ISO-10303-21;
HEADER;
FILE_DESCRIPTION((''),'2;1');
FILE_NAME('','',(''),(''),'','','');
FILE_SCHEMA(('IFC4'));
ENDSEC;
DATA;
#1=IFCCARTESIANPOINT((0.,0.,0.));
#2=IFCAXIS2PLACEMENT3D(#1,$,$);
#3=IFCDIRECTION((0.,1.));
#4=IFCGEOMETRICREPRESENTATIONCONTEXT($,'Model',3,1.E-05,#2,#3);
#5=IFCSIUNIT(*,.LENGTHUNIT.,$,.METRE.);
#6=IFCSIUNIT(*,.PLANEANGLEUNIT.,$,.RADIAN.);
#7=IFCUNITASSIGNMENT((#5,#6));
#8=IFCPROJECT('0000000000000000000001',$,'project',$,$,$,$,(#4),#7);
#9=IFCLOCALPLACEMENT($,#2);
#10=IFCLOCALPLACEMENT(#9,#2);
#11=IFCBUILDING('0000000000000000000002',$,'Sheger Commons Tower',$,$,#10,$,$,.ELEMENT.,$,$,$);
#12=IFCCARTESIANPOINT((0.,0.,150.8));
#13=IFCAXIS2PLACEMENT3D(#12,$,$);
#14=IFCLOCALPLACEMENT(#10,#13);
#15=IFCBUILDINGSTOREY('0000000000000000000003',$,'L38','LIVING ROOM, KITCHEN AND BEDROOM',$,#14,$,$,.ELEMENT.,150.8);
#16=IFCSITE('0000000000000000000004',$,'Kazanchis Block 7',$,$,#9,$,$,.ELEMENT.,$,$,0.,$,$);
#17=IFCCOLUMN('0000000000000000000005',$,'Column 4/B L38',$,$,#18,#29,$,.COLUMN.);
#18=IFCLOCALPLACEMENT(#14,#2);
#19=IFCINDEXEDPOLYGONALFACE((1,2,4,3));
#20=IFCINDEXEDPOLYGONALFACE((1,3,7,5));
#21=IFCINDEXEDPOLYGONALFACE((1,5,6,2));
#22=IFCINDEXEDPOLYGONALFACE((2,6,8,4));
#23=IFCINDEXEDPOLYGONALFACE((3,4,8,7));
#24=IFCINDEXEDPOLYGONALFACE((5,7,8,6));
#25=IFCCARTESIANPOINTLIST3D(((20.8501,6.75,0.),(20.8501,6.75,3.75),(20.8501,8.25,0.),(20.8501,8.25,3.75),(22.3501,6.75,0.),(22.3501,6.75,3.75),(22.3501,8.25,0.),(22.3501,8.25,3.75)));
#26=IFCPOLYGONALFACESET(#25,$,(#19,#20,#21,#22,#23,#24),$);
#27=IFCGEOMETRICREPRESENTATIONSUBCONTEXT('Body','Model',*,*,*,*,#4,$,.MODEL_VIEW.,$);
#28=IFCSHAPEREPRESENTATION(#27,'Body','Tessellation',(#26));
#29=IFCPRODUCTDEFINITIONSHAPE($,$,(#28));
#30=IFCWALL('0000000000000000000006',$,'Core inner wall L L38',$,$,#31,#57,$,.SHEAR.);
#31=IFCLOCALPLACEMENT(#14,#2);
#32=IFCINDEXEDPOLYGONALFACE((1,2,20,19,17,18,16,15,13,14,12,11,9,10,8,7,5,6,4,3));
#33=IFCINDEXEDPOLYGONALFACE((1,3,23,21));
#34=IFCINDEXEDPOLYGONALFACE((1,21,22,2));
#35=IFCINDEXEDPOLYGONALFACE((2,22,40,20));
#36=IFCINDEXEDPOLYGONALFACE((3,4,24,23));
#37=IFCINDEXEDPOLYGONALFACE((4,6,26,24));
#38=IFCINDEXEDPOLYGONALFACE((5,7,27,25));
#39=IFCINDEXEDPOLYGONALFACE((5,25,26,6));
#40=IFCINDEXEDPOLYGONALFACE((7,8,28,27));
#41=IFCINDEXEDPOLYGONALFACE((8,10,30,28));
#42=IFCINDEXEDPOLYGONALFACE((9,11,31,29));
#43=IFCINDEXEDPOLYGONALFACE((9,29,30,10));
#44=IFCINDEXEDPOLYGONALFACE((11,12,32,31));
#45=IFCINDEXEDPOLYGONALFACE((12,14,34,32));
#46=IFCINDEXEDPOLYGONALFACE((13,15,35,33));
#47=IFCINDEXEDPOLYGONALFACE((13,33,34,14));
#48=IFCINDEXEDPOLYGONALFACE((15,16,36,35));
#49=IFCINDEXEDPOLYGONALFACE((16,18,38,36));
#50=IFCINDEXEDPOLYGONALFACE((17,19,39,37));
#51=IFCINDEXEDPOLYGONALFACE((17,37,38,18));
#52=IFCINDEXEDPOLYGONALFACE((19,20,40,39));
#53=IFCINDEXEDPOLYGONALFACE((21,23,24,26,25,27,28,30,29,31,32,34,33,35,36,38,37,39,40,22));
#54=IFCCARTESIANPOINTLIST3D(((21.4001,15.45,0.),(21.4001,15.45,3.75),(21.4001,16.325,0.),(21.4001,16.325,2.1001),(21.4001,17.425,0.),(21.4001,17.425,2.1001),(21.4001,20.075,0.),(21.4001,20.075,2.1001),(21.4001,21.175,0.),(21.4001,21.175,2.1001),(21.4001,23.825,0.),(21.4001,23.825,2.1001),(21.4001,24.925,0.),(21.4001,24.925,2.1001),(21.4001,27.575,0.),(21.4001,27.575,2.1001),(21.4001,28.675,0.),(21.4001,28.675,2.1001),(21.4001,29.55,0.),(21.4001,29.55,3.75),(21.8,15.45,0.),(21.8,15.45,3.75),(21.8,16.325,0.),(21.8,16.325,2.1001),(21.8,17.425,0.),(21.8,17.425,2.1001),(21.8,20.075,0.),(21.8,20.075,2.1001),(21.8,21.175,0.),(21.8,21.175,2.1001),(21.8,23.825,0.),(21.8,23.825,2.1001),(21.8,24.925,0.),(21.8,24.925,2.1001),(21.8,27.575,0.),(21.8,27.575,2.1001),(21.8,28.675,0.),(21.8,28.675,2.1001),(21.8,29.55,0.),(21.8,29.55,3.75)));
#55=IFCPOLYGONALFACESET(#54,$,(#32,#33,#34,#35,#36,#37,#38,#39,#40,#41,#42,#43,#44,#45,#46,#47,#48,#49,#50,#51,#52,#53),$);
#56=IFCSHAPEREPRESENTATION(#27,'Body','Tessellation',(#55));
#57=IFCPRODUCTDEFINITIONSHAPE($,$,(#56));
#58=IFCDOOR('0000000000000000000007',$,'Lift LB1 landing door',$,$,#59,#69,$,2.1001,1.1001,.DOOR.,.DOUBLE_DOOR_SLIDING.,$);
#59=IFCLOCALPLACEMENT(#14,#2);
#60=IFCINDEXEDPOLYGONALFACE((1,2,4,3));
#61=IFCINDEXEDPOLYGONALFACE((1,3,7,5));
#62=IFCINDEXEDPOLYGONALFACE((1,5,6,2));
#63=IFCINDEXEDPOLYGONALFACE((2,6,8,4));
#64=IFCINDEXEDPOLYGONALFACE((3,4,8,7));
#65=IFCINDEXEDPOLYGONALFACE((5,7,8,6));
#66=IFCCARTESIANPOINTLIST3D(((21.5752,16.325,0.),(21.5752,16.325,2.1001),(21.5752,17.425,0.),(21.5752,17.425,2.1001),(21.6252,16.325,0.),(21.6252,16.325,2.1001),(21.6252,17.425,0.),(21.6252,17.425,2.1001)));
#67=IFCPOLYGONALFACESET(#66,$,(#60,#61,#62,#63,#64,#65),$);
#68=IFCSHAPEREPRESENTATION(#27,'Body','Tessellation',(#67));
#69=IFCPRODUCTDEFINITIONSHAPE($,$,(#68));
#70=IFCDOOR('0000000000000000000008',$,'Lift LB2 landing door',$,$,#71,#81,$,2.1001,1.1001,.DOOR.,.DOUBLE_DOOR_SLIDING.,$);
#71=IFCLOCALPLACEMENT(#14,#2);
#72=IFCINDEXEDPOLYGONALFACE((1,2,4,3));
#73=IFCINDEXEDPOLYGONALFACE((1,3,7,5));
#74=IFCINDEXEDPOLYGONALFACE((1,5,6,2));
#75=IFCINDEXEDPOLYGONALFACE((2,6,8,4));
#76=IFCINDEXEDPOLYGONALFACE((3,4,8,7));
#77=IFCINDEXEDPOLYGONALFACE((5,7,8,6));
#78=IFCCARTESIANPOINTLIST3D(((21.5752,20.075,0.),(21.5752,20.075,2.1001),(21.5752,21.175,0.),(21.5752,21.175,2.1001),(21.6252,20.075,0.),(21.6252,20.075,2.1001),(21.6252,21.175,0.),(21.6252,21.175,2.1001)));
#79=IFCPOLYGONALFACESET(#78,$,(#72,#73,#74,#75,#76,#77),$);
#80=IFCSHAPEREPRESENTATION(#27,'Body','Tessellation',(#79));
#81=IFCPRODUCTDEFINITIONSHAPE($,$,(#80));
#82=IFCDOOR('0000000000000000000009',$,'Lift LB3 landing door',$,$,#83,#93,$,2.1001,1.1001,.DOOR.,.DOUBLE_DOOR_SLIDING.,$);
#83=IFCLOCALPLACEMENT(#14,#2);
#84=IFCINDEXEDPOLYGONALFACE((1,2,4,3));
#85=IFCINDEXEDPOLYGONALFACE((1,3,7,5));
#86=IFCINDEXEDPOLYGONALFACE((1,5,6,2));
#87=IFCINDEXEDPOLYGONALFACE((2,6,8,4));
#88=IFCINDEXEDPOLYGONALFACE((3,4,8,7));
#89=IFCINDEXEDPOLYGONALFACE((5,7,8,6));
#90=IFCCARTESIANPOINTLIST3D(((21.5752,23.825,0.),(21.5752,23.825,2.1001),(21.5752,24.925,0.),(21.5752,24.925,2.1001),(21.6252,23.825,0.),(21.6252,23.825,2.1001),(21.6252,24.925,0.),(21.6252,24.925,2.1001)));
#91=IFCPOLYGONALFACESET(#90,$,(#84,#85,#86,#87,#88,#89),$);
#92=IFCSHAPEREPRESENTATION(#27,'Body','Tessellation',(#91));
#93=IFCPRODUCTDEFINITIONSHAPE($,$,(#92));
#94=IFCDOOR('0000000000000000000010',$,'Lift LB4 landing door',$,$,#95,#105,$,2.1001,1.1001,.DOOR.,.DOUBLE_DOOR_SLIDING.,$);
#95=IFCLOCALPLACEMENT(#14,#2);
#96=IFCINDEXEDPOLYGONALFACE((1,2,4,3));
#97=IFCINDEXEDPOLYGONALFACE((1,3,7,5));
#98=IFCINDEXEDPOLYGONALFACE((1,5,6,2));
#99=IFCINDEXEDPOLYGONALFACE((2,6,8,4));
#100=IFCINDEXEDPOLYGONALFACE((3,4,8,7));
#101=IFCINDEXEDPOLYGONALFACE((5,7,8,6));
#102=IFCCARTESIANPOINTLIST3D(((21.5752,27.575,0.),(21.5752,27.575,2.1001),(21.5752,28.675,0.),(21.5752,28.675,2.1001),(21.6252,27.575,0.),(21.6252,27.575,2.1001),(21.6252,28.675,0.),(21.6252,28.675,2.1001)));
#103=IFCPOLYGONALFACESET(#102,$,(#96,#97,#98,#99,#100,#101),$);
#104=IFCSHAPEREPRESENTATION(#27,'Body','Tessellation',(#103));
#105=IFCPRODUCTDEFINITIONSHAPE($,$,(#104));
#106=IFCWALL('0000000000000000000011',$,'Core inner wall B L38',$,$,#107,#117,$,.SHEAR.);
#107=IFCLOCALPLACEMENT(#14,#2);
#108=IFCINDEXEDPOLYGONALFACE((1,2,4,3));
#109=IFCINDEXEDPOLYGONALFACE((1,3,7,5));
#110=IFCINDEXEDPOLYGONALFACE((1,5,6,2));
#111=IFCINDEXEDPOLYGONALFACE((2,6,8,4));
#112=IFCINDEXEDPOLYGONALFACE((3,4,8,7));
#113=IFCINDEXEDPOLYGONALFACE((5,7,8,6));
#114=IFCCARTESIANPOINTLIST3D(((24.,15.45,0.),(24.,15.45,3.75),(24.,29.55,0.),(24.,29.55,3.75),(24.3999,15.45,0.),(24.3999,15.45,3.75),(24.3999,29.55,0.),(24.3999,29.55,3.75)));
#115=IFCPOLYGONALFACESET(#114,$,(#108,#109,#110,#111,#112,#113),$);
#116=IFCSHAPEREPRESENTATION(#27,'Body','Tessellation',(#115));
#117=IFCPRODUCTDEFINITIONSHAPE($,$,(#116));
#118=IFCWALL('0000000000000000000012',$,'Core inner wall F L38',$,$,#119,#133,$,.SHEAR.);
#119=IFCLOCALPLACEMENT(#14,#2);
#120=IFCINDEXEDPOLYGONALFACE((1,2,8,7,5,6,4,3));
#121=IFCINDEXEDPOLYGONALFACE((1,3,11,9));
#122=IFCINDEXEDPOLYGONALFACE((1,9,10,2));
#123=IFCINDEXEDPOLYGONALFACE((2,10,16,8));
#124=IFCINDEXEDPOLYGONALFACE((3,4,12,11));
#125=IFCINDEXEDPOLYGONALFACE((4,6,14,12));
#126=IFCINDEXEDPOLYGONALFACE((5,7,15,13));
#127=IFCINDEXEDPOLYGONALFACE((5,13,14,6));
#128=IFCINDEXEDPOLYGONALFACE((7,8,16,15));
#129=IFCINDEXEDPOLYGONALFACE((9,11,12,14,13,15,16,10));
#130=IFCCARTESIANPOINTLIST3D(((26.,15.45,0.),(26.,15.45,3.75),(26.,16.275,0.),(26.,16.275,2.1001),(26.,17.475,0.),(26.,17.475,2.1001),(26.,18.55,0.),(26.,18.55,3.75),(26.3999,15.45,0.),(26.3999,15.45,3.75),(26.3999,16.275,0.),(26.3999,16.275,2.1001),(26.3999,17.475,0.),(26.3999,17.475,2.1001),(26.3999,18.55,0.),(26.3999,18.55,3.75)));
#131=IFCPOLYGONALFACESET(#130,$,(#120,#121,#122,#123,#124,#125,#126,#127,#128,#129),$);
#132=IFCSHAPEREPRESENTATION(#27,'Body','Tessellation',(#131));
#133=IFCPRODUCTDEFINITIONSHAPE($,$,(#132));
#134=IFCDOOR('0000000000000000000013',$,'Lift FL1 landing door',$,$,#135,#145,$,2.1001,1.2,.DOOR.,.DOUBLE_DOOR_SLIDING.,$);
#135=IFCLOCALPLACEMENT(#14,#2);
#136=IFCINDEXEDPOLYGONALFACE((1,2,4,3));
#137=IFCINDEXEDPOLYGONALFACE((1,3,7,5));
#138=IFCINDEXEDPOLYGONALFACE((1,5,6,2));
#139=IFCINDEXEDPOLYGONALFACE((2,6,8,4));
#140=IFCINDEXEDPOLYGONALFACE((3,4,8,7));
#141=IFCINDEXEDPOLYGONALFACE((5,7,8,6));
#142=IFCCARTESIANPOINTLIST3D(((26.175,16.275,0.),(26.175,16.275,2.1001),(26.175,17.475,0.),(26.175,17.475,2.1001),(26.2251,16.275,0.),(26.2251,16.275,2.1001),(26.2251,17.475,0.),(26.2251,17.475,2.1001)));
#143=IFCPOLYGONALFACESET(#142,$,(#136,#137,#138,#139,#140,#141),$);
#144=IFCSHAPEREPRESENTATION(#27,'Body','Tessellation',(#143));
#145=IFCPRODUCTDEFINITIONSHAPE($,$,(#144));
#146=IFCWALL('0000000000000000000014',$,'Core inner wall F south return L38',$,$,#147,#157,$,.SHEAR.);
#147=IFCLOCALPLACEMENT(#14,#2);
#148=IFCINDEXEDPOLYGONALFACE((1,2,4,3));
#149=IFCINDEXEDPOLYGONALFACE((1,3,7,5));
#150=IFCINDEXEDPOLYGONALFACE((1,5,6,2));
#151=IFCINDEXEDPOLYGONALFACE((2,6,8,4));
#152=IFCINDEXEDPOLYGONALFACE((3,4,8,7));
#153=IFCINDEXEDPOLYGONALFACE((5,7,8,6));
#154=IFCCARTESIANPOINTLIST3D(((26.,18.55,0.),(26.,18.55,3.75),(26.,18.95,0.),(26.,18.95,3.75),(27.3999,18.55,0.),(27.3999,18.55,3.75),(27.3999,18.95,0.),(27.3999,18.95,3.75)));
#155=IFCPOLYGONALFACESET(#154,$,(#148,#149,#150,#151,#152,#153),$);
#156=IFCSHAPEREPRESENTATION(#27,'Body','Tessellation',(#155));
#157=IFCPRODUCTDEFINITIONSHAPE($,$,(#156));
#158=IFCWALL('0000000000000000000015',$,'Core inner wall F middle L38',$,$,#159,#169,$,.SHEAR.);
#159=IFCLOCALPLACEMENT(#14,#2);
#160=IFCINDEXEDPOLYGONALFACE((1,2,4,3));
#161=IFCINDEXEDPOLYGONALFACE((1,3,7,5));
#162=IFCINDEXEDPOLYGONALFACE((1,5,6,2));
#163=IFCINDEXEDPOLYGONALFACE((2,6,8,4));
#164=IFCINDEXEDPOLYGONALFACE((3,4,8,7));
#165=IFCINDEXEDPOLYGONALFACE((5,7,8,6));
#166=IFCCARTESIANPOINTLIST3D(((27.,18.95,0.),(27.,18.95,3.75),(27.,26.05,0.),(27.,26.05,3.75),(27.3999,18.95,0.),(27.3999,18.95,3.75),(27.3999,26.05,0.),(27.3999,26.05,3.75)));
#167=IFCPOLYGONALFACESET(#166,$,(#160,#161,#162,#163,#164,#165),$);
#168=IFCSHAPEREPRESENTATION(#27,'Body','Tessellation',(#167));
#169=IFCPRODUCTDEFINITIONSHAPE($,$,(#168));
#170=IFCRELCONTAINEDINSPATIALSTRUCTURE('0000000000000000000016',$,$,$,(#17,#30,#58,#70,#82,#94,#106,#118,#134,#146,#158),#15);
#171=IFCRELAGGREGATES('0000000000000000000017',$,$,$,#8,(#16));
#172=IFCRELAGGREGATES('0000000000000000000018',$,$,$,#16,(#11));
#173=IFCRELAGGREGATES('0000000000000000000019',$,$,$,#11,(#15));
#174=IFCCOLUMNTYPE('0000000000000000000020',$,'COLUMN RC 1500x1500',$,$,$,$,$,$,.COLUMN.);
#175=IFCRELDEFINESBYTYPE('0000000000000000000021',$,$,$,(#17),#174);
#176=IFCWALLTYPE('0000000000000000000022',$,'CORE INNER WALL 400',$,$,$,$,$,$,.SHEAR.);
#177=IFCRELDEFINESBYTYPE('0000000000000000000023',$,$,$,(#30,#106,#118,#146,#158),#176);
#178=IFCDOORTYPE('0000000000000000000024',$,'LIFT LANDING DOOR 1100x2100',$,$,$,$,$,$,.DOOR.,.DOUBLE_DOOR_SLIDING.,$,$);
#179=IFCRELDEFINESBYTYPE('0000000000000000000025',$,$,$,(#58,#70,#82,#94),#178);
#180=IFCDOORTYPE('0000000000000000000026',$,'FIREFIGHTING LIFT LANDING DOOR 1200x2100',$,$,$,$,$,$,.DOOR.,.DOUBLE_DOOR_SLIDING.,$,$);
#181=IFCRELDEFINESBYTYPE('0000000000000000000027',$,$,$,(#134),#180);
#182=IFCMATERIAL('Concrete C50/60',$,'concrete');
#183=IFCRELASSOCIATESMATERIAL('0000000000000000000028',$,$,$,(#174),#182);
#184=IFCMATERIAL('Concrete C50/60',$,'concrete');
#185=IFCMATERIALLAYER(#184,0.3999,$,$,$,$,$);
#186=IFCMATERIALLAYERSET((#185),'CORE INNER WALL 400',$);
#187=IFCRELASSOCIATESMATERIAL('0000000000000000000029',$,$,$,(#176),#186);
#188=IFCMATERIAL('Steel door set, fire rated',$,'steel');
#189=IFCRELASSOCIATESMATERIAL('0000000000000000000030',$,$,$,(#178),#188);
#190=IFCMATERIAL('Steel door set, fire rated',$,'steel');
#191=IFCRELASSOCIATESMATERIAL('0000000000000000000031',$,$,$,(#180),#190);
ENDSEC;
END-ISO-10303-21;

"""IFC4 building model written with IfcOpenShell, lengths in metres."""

from ifc_helpers import new_model, si_unit, direction, frame, frame_2d, origin, origin_2d, place, context, subcontext, project, spatial, rectangle, extrude, material, layer, layer_set, material_profile, profile_set, type_object, element, fill, save


model = new_model("IFC4")

# Units and contexts
model_context = context("Model", 3, precision=1e-05, world=origin(), true_north=direction((0.0, 1.0)))
body_context = subcontext(model_context, "Body", "Model", "MODEL_VIEW")
ifc_project = project(units=[si_unit("LENGTHUNIT", "METRE"), si_unit("PLANEANGLEUNIT", "RADIAN")], contexts=[model_context])

# Site, building, storey
site_placement = place(None, origin())
site = spatial("IfcSite", under=ifc_project, at=site_placement, Name="Kazanchis Block 7", CompositionType="ELEMENT", RefElevation=0.0)
building_placement = place(site_placement, origin())
building = spatial("IfcBuilding", under=site, at=building_placement, Name="Sheger Commons Tower", CompositionType="ELEMENT")
storey_placement = place(building_placement, frame((0.0, 0.0, 150.8)))
storey = spatial("IfcBuildingStorey", under=building, at=storey_placement, Name="L38", Description="LIVING ROOM, KITCHEN AND BEDROOM", CompositionType="ELEMENT", Elevation=150.8)

# Column
ifc_material_1 = material(Name="Concrete C50/60", Category="concrete")
ifc_material_profile = material_profile(ifc_material_1, rectangle(XDim=1.5, YDim=1.5, at=origin_2d()), Name="RC 1500x1500")
ifc_profile_set = profile_set([ifc_material_profile], Name="Concrete C50/60")
column_type = type_object("IfcColumnType", Name="COLUMN RC 1500x1500", PredefinedType="COLUMN", material=ifc_profile_set)
column_placement = place(storey_placement, frame((21.6001, 7.5, 0.0), z_axis=(0.0, 0.0, 1.0), x_axis=(1.0, 0.0, 0.0)))
element("IfcColumn", 1, at=column_placement, inside=storey, type_object=column_type, Name="Column 4/B L38", PredefinedType="COLUMN", context=body_context, shape_type="SweptSolid", body=[
    extrude(rectangle(XDim=1.5, YDim=1.5, at=origin_2d()), origin(), (0.0, 0.0, 1.0), 3.75),
])

# Wall, openings, doors
ifc_material_2 = material(Name="Concrete C50/60", Category="concrete")
ifc_layer_1 = layer(ifc_material_2, 0.3999)
ifc_layer_set_1 = layer_set([ifc_layer_1], Name="CORE INNER WALL 400")
wall_type_1 = type_object("IfcWallType", Name="CORE INNER WALL 400", PredefinedType="SHEAR", material=ifc_layer_set_1)
wall_1_placement = place(storey_placement, frame((21.6001, 15.45, 0.0), z_axis=(0.0, 0.0, 1.0), x_axis=(0.0, 1.0, 0.0)))
wall_1 = element("IfcWall", 2, at=wall_1_placement, inside=storey, type_object=wall_type_1, Name="Core inner wall L L38", PredefinedType="SHEAR", context=body_context, shape_type="SweptSolid", body=[
    extrude(rectangle(XDim=14.1001, YDim=0.3999, at=frame_2d((7.05, 0.0))), origin(), (0.0, 0.0, 1.0), 3.75),
])
opening_1_placement = place(wall_1_placement, frame((0.875, 0.0, 0.0)))
opening_1 = element("IfcOpeningElement", 3, at=opening_1_placement, cuts=wall_1, PredefinedType="OPENING", context=body_context, shape_type="SweptSolid", body=[
    extrude(rectangle(XDim=1.1001, YDim=2.1001, at=frame_2d((0.55, 1.05))), frame((0.0, 0.21, 0.0), z_axis=(0.0, -1.0, 0.0), x_axis=(1.0, 0.0, 0.0)), (0.0, 0.0, 1.0), 0.4199),
])
opening_2_placement = place(wall_1_placement, frame((4.625, 0.0, 0.0)))
opening_2 = element("IfcOpeningElement", 4, at=opening_2_placement, cuts=wall_1, PredefinedType="OPENING", context=body_context, shape_type="SweptSolid", body=[
    extrude(rectangle(XDim=1.1001, YDim=2.1001, at=frame_2d((0.55, 1.05))), frame((0.0, 0.21, 0.0), z_axis=(0.0, -1.0, 0.0), x_axis=(1.0, 0.0, 0.0)), (0.0, 0.0, 1.0), 0.4199),
])
opening_3_placement = place(wall_1_placement, frame((8.375, 0.0, 0.0)))
opening_3 = element("IfcOpeningElement", 5, at=opening_3_placement, cuts=wall_1, PredefinedType="OPENING", context=body_context, shape_type="SweptSolid", body=[
    extrude(rectangle(XDim=1.1001, YDim=2.1001, at=frame_2d((0.55, 1.05))), frame((0.0, 0.21, 0.0), z_axis=(0.0, -1.0, 0.0), x_axis=(1.0, 0.0, 0.0)), (0.0, 0.0, 1.0), 0.4199),
])
opening_4_placement = place(wall_1_placement, frame((12.125, 0.0, 0.0)))
opening_4 = element("IfcOpeningElement", 6, at=opening_4_placement, cuts=wall_1, PredefinedType="OPENING", context=body_context, shape_type="SweptSolid", body=[
    extrude(rectangle(XDim=1.1001, YDim=2.1001, at=frame_2d((0.55, 1.05))), frame((0.0, 0.21, 0.0), z_axis=(0.0, -1.0, 0.0), x_axis=(1.0, 0.0, 0.0)), (0.0, 0.0, 1.0), 0.4199),
])
ifc_material_3 = material(Name="Steel door set, fire rated", Category="steel")
door_type_1 = type_object("IfcDoorType", Name="LIFT LANDING DOOR 1100x2100", OperationType="DOUBLE_DOOR_SLIDING", PredefinedType="DOOR", material=ifc_material_3)
door_1_placement = place(opening_1_placement, origin())
door_1 = element("IfcDoor", 7, at=door_1_placement, inside=storey, type_object=door_type_1, Name="Lift LB1 landing door", OperationType="DOUBLE_DOOR_SLIDING", OverallHeight=2.1001, OverallWidth=1.1001, PredefinedType="DOOR", context=body_context, shape_type="SweptSolid", body=[
    extrude(rectangle(XDim=1.1001, YDim=2.1001, at=frame_2d((0.55, 1.05))), frame((0.0, 0.0249, 0.0), z_axis=(0.0, -1.0, 0.0), x_axis=(1.0, 0.0, 0.0)), (0.0, 0.0, 1.0), 0.05),
])
fill(opening_1, door_1)
door_2_placement = place(opening_2_placement, origin())
door_2 = element("IfcDoor", 8, at=door_2_placement, inside=storey, type_object=door_type_1, Name="Lift LB2 landing door", OperationType="DOUBLE_DOOR_SLIDING", OverallHeight=2.1001, OverallWidth=1.1001, PredefinedType="DOOR", context=body_context, shape_type="SweptSolid", body=[
    extrude(rectangle(XDim=1.1001, YDim=2.1001, at=frame_2d((0.55, 1.05))), frame((0.0, 0.0249, 0.0), z_axis=(0.0, -1.0, 0.0), x_axis=(1.0, 0.0, 0.0)), (0.0, 0.0, 1.0), 0.05),
])
fill(opening_2, door_2)
door_3_placement = place(opening_3_placement, origin())
door_3 = element("IfcDoor", 9, at=door_3_placement, inside=storey, type_object=door_type_1, Name="Lift LB3 landing door", OperationType="DOUBLE_DOOR_SLIDING", OverallHeight=2.1001, OverallWidth=1.1001, PredefinedType="DOOR", context=body_context, shape_type="SweptSolid", body=[
    extrude(rectangle(XDim=1.1001, YDim=2.1001, at=frame_2d((0.55, 1.05))), frame((0.0, 0.0249, 0.0), z_axis=(0.0, -1.0, 0.0), x_axis=(1.0, 0.0, 0.0)), (0.0, 0.0, 1.0), 0.05),
])
fill(opening_3, door_3)
door_4_placement = place(opening_4_placement, origin())
door_4 = element("IfcDoor", 10, at=door_4_placement, inside=storey, type_object=door_type_1, Name="Lift LB4 landing door", OperationType="DOUBLE_DOOR_SLIDING", OverallHeight=2.1001, OverallWidth=1.1001, PredefinedType="DOOR", context=body_context, shape_type="SweptSolid", body=[
    extrude(rectangle(XDim=1.1001, YDim=2.1001, at=frame_2d((0.55, 1.05))), frame((0.0, 0.0249, 0.0), z_axis=(0.0, -1.0, 0.0), x_axis=(1.0, 0.0, 0.0)), (0.0, 0.0, 1.0), 0.05),
])
fill(opening_4, door_4)

# Wall
wall_2_placement = place(storey_placement, frame((24.2, 15.45, 0.0), z_axis=(0.0, 0.0, 1.0), x_axis=(0.0, 1.0, 0.0)))
element("IfcWall", 11, at=wall_2_placement, inside=storey, type_object=wall_type_1, Name="Core inner wall B L38", PredefinedType="SHEAR", context=body_context, shape_type="SweptSolid", body=[
    extrude(rectangle(XDim=14.1001, YDim=0.3999, at=frame_2d((7.05, 0.0))), origin(), (0.0, 0.0, 1.0), 3.75),
])

# Wall, opening, door
wall_3_placement = place(storey_placement, frame((26.2, 15.45, 0.0), z_axis=(0.0, 0.0, 1.0), x_axis=(0.0, 1.0, 0.0)))
wall_3 = element("IfcWall", 12, at=wall_3_placement, inside=storey, type_object=wall_type_1, Name="Core inner wall F L38", PredefinedType="SHEAR", context=body_context, shape_type="SweptSolid", body=[
    extrude(rectangle(XDim=3.1001, YDim=0.3999, at=frame_2d((1.55, 0.0))), origin(), (0.0, 0.0, 1.0), 3.75),
])
opening_5_placement = place(wall_3_placement, frame((0.825, 0.0, 0.0)))
opening_5 = element("IfcOpeningElement", 13, at=opening_5_placement, cuts=wall_3, PredefinedType="OPENING", context=body_context, shape_type="SweptSolid", body=[
    extrude(rectangle(XDim=1.2, YDim=2.1001, at=frame_2d((0.6001, 1.05))), frame((0.0, 0.21, 0.0), z_axis=(0.0, -1.0, 0.0), x_axis=(1.0, 0.0, 0.0)), (0.0, 0.0, 1.0), 0.4199),
])
ifc_material_4 = material(Name="Steel door set, fire rated", Category="steel")
door_type_2 = type_object("IfcDoorType", Name="FIREFIGHTING LIFT LANDING DOOR 1200x2100", OperationType="DOUBLE_DOOR_SLIDING", PredefinedType="DOOR", material=ifc_material_4)
door_5_placement = place(opening_5_placement, origin())
door_5 = element("IfcDoor", 14, at=door_5_placement, inside=storey, type_object=door_type_2, Name="Lift FL1 landing door", OperationType="DOUBLE_DOOR_SLIDING", OverallHeight=2.1001, OverallWidth=1.2, PredefinedType="DOOR", context=body_context, shape_type="SweptSolid", body=[
    extrude(rectangle(XDim=1.2, YDim=2.1001, at=frame_2d((0.6001, 1.05))), frame((0.0, 0.0249, 0.0), z_axis=(0.0, -1.0, 0.0), x_axis=(1.0, 0.0, 0.0)), (0.0, 0.0, 1.0), 0.05),
])
fill(opening_5, door_5)

# Walls
wall_4_placement = place(storey_placement, frame((26.0, 18.75, 0.0), z_axis=(0.0, 0.0, 1.0), x_axis=(1.0, 0.0, 0.0)))
element("IfcWall", 15, at=wall_4_placement, inside=storey, type_object=wall_type_1, Name="Core inner wall F south return L38", PredefinedType="SHEAR", context=body_context, shape_type="SweptSolid", body=[
    extrude(rectangle(XDim=1.3999, YDim=0.3999, at=frame_2d((0.7, 0.0))), origin(), (0.0, 0.0, 1.0), 3.75),
])
wall_5_placement = place(storey_placement, frame((27.2, 18.95, 0.0), z_axis=(0.0, 0.0, 1.0), x_axis=(0.0, 1.0, 0.0)))
element("IfcWall", 16, at=wall_5_placement, inside=storey, type_object=wall_type_1, Name="Core inner wall F middle L38", PredefinedType="SHEAR", context=body_context, shape_type="SweptSolid", body=[
    extrude(rectangle(XDim=7.1001, YDim=0.3999, at=frame_2d((3.55, 0.0))), origin(), (0.0, 0.0, 1.0), 3.75),
])

save(model, "model.ifc")
